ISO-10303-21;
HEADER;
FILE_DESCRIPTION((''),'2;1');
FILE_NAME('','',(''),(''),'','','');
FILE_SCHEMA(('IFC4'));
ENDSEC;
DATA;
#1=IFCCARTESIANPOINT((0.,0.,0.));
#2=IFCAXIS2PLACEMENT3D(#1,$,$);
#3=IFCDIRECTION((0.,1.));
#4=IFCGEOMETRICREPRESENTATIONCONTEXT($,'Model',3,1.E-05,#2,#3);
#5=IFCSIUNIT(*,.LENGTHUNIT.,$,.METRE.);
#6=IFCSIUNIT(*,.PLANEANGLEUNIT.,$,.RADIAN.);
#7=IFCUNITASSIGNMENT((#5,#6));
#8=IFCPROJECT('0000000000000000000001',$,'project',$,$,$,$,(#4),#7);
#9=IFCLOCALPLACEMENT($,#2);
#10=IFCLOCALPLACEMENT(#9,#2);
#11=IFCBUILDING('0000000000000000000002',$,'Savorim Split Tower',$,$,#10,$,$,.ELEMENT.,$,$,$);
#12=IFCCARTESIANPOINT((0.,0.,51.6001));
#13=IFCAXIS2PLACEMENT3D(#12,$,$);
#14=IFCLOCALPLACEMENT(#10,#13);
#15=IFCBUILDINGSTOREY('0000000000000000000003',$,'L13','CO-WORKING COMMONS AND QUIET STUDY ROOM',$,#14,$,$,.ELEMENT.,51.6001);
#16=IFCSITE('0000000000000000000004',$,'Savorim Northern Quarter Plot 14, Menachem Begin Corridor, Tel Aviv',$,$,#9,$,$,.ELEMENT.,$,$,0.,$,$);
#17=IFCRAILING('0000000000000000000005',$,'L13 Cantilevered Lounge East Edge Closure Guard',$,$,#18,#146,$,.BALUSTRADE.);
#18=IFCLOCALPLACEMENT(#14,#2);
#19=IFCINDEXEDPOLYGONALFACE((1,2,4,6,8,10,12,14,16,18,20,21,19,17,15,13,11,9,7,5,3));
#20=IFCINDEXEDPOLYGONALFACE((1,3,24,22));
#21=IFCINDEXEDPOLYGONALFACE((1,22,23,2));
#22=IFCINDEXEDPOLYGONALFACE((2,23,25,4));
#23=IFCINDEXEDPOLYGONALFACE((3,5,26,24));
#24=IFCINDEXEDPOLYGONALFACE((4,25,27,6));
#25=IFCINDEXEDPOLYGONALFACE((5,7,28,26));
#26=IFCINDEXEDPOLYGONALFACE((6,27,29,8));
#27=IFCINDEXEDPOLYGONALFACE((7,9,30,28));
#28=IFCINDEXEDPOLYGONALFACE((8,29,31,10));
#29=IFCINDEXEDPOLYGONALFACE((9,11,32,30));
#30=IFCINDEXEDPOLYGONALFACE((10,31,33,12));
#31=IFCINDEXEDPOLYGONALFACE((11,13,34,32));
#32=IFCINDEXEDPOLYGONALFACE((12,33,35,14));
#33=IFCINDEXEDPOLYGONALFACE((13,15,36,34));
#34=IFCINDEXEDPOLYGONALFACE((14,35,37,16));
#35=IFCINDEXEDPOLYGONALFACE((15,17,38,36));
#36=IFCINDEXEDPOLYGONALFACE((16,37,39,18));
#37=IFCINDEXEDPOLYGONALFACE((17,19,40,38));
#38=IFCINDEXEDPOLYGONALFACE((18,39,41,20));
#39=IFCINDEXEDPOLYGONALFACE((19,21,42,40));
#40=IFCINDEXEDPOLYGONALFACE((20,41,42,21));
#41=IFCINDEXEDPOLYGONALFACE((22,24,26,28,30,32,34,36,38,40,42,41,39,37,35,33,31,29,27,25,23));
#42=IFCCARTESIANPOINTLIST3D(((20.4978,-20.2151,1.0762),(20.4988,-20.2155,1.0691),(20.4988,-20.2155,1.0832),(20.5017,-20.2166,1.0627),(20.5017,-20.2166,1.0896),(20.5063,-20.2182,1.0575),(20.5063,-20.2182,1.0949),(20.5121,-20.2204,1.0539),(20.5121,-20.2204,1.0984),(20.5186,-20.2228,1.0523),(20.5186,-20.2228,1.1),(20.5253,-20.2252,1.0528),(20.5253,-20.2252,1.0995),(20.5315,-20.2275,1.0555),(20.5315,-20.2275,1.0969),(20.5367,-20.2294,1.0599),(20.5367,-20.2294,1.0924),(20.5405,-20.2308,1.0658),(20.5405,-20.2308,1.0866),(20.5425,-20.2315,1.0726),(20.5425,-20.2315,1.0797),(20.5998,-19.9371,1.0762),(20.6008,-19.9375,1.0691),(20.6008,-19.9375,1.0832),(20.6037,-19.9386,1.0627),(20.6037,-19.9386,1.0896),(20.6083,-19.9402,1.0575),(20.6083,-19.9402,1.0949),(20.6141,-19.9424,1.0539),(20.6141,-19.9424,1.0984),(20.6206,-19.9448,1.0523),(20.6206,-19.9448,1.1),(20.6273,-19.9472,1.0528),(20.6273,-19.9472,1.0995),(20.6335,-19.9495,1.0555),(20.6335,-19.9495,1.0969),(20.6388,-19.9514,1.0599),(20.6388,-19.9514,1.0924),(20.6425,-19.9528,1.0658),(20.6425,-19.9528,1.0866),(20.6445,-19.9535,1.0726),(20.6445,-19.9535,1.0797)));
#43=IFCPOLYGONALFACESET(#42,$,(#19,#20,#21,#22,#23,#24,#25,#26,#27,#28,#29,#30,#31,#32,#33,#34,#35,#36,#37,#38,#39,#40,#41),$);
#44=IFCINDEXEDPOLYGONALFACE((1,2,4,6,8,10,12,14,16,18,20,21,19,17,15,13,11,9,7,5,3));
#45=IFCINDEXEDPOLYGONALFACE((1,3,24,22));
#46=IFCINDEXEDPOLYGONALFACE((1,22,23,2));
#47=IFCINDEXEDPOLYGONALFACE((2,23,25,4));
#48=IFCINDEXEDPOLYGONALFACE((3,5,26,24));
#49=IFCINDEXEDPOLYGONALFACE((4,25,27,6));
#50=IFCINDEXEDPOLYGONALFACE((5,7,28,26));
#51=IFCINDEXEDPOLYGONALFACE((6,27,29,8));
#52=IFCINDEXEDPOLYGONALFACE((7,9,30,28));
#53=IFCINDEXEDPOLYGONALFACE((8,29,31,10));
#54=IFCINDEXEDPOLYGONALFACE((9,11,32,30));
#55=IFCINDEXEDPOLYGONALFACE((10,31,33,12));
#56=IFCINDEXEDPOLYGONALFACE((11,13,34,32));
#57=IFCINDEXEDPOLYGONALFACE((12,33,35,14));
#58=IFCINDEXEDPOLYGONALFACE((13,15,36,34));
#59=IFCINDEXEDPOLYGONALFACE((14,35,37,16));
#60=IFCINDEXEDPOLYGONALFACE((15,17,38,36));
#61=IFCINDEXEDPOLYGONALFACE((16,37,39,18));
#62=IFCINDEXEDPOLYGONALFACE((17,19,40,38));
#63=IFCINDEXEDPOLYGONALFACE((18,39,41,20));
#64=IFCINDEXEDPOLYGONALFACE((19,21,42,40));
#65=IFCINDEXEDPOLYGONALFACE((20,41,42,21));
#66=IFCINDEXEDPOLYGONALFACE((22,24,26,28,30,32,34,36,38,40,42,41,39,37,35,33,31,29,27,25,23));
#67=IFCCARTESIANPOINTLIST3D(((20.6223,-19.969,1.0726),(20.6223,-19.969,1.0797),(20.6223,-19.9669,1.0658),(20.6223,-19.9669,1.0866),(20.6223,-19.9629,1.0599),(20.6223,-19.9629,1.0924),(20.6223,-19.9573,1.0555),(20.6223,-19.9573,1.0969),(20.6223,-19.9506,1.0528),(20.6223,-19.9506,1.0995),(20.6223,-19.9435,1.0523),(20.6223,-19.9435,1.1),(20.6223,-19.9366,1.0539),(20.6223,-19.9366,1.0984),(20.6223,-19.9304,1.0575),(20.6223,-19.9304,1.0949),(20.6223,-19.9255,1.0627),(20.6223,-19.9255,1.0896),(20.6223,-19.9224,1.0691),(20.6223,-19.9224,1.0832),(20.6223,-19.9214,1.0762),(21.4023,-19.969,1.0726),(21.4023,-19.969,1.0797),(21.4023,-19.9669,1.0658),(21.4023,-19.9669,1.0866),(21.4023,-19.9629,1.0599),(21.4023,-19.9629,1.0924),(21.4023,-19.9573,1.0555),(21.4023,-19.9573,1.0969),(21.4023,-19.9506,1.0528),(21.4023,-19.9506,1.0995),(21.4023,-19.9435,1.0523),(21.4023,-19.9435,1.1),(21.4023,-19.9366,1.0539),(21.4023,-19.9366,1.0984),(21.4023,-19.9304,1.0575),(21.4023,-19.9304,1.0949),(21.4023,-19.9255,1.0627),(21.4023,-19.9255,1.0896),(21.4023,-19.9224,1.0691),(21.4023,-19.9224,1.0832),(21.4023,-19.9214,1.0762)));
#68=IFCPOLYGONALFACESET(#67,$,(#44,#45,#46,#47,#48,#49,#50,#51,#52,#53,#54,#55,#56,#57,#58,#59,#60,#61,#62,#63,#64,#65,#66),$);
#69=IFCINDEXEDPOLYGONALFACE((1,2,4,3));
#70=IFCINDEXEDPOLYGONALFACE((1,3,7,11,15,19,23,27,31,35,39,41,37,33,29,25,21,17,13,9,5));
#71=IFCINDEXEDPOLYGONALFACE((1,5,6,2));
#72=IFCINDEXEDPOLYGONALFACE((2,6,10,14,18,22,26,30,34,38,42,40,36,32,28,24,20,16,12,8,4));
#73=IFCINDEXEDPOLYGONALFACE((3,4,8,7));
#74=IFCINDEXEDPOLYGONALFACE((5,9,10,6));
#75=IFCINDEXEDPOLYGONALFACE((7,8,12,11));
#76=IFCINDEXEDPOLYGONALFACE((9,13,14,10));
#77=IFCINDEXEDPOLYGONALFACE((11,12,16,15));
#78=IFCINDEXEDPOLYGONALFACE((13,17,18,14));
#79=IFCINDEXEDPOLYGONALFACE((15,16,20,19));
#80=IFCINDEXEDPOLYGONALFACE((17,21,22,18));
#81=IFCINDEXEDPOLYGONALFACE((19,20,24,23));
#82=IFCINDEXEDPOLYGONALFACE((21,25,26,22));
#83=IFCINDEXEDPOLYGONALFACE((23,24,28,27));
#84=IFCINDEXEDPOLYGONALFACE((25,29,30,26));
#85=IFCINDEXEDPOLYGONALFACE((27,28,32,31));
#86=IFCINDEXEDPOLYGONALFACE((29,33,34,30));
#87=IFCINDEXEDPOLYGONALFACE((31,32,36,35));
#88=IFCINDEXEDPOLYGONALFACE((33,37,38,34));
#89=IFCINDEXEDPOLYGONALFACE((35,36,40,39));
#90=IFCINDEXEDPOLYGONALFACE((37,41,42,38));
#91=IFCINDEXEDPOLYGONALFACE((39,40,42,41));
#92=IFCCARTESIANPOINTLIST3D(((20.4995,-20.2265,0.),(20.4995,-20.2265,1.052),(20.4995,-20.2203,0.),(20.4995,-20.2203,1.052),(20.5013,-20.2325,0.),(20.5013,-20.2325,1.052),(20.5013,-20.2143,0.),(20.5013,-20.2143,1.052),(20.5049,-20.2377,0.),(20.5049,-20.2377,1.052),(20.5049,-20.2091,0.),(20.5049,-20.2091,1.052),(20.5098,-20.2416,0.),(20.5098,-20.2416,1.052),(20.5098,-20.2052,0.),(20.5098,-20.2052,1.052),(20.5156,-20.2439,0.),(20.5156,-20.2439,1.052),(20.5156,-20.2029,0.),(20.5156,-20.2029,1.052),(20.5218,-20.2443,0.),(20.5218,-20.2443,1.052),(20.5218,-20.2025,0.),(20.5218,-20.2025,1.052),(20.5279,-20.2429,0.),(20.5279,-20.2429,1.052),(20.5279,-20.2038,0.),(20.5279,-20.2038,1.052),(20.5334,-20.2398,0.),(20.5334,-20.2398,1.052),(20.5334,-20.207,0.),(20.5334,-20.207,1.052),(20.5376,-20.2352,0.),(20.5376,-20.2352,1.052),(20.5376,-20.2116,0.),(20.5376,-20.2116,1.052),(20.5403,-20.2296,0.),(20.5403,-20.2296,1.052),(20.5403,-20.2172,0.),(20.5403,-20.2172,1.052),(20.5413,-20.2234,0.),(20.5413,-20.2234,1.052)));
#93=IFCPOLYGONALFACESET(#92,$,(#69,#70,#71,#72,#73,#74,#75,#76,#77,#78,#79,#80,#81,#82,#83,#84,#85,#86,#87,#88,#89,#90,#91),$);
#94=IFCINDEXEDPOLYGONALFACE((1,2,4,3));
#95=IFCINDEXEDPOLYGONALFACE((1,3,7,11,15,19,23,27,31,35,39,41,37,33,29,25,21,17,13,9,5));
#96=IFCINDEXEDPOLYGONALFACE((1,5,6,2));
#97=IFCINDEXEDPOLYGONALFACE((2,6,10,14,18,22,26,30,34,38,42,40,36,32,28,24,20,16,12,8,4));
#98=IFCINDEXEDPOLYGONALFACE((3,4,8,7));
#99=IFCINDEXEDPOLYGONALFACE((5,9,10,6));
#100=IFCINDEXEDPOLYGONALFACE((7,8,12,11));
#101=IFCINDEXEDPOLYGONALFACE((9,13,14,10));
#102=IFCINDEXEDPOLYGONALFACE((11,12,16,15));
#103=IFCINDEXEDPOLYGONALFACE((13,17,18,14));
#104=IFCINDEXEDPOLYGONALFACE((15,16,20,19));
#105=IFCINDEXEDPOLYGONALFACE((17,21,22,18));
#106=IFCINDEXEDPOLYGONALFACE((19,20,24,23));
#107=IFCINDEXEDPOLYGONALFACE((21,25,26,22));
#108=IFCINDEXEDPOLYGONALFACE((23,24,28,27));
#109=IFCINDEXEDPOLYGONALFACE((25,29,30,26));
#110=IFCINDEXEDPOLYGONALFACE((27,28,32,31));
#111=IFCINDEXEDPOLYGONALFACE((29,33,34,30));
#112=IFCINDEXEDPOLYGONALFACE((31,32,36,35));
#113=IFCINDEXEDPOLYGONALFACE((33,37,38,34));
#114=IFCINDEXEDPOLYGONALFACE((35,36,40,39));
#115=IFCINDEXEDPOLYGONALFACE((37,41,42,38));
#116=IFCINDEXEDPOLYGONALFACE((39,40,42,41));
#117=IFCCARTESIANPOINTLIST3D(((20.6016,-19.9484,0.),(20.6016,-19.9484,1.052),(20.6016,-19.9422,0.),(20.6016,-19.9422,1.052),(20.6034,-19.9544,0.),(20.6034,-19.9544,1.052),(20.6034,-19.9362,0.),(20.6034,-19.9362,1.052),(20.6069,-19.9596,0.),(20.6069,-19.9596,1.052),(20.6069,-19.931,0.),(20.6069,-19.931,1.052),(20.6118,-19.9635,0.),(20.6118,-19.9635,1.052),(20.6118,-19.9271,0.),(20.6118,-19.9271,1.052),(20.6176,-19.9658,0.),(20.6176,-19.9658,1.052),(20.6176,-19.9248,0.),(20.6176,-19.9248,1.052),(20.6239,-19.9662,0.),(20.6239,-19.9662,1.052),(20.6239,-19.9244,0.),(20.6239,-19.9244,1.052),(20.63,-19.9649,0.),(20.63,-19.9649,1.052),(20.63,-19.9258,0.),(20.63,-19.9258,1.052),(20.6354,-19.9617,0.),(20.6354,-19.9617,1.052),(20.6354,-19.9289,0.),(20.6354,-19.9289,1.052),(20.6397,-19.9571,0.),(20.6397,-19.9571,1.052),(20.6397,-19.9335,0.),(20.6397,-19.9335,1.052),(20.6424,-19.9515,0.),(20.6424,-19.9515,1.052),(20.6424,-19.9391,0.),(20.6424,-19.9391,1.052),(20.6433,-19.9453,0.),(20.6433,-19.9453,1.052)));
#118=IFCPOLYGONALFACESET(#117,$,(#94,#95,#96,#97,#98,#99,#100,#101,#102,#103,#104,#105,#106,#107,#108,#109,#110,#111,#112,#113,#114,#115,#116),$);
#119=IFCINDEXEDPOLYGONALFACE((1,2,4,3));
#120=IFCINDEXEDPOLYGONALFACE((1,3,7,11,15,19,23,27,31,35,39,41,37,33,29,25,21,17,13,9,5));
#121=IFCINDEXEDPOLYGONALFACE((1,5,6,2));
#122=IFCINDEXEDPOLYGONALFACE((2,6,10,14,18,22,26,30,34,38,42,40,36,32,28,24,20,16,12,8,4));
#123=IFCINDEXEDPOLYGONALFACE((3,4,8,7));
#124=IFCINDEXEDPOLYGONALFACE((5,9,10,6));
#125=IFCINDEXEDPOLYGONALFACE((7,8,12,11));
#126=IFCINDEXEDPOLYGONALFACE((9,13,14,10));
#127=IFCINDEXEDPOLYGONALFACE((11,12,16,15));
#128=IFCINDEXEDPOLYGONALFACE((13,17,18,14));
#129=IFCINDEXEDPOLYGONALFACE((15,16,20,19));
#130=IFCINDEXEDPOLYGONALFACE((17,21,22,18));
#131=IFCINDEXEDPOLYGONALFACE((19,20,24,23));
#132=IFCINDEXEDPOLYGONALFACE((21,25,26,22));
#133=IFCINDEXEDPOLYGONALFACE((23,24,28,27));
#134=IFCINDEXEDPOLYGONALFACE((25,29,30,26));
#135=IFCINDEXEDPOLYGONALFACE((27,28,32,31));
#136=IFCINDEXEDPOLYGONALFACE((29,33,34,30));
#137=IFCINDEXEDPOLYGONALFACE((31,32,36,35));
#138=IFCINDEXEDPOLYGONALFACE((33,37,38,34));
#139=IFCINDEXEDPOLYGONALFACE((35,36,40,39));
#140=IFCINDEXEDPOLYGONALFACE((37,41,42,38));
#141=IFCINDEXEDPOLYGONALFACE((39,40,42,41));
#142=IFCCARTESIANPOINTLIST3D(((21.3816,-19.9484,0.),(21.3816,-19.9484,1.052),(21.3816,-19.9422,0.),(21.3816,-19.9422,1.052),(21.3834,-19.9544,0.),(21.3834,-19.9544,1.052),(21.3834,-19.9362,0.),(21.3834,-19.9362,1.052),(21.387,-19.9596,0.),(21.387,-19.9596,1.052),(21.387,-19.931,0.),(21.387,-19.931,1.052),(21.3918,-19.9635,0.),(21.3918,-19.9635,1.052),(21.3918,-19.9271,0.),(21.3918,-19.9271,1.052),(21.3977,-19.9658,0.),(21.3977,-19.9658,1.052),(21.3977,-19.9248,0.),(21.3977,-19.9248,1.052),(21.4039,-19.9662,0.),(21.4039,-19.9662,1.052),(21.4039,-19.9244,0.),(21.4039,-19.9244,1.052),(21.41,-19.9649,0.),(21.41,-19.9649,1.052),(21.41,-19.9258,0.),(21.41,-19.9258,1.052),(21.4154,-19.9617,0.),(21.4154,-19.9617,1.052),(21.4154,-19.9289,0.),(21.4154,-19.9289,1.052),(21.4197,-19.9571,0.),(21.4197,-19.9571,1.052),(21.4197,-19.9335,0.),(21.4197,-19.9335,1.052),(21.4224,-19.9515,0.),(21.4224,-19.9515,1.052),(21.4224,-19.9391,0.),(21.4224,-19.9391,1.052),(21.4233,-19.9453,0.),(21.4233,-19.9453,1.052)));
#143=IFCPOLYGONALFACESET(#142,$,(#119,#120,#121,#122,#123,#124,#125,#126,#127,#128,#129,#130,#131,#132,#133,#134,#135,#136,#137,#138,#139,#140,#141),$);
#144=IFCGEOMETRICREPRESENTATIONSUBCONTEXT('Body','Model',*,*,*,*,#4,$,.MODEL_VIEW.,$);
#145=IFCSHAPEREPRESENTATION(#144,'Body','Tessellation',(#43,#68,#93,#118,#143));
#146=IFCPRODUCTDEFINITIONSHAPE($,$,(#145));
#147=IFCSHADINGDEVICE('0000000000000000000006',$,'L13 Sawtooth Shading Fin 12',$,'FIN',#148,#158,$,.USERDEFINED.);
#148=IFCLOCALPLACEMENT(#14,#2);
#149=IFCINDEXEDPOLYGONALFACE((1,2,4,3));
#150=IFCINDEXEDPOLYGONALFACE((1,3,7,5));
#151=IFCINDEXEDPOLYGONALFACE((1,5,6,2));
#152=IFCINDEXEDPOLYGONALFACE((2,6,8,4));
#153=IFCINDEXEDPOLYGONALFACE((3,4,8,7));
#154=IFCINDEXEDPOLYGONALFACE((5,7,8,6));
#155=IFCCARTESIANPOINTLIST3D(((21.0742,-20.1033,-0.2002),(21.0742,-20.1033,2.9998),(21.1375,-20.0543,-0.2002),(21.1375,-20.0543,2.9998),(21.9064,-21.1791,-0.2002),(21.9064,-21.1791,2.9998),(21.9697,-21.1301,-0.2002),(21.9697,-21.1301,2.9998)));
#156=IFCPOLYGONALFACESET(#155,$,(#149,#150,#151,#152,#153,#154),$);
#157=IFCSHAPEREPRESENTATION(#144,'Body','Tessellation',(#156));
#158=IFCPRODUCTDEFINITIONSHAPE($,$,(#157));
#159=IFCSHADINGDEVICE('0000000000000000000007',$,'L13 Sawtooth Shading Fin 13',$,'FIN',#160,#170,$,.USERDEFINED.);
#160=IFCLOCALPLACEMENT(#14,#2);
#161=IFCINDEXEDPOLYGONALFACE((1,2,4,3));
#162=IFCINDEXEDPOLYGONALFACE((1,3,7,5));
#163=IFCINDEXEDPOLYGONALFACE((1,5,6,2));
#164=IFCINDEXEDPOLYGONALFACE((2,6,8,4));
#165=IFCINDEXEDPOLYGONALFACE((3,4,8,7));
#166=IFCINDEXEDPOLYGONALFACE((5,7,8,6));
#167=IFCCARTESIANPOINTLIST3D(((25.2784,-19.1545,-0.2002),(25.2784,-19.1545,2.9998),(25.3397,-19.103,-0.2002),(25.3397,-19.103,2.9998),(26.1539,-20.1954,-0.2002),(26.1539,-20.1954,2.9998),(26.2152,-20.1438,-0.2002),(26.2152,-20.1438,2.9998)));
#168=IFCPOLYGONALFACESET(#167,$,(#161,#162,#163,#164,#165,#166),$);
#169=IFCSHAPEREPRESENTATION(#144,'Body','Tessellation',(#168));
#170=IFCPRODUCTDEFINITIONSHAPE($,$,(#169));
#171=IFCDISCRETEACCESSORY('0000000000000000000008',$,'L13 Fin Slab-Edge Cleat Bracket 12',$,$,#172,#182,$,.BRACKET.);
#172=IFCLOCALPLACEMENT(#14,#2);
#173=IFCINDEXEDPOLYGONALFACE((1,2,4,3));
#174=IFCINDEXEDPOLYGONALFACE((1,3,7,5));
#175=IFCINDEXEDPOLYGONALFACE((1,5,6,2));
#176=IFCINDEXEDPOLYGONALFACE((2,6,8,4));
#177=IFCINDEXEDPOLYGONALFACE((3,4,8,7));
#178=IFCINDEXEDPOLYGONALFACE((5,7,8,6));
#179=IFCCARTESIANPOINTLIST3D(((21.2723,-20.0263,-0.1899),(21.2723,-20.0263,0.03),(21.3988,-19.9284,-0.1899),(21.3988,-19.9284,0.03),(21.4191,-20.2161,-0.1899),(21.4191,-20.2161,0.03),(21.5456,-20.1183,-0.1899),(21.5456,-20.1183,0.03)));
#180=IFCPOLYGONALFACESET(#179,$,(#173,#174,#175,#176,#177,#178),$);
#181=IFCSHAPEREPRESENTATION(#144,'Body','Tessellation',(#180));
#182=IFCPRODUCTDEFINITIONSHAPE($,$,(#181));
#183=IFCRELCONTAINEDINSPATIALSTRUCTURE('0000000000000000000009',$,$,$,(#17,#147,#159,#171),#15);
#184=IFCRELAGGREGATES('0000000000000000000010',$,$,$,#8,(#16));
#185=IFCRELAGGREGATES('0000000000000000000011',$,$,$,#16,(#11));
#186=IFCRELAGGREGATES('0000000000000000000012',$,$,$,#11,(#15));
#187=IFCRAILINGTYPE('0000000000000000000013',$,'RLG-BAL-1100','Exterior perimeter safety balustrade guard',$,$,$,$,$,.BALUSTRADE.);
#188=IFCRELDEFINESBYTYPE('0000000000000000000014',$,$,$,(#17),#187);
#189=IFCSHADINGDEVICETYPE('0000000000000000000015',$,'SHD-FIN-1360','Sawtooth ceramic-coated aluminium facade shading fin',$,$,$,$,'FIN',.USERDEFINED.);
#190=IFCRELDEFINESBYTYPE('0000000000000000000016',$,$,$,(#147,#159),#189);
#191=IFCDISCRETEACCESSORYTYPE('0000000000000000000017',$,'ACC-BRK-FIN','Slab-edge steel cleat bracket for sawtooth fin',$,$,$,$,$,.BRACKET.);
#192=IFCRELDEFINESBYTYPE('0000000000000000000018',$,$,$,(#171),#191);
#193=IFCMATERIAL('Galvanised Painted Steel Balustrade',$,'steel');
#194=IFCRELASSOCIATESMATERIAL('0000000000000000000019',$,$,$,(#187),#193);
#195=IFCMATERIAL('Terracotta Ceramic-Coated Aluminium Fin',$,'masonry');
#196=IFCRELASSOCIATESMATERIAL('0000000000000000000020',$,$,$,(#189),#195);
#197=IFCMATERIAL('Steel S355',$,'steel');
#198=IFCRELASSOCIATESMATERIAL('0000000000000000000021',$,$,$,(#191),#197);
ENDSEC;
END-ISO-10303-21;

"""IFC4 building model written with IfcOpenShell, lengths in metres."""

from ifc_helpers import new_model, si_unit, direction, frame, origin, origin_2d, place, context, subcontext, project, spatial, rectangle, circle, extrude, material, type_object, element, save


model = new_model("IFC4")

# Units and contexts
model_context = context("Model", 3, precision=1e-05, world=origin(), true_north=direction((0.0, 1.0)))
body_context = subcontext(model_context, "Body", "Model", "MODEL_VIEW")
ifc_project = project(units=[si_unit("LENGTHUNIT", "METRE"), si_unit("PLANEANGLEUNIT", "RADIAN")], contexts=[model_context])

# Site, building, storey
site_placement = place(None, origin())
site = spatial("IfcSite", under=ifc_project, at=site_placement, Name="Savorim Northern Quarter Plot 14, Menachem Begin Corridor, Tel Aviv", CompositionType="ELEMENT", RefElevation=0.0)
building_placement = place(site_placement, origin())
building = spatial("IfcBuilding", under=site, at=building_placement, Name="Savorim Split Tower", CompositionType="ELEMENT")
storey_placement = place(building_placement, frame((0.0, 0.0, 51.6001)))
storey = spatial("IfcBuildingStorey", under=building, at=storey_placement, Name="L13", Description="CO-WORKING COMMONS AND QUIET STUDY ROOM", CompositionType="ELEMENT", Elevation=51.6001)

# Shared definitions
ifc_material_1 = material(Name="Steel S355", Category="steel")

# Railing
ifc_material_2 = material(Name="Galvanised Painted Steel Balustrade", Category="steel")
railing_type = type_object("IfcRailingType", Name="RLG-BAL-1100", Description="Exterior perimeter safety balustrade guard", PredefinedType="BALUSTRADE", material=ifc_material_2)
railing_placement = place(storey_placement, frame((20.5203, -20.2234, 0.0)))
element("IfcRailing", 1, at=railing_placement, inside=storey, type_object=railing_type, Name="L13 Cantilevered Lounge East Edge Closure Guard", PredefinedType="BALUSTRADE", context=body_context, shape_type="SweptSolid", body=[
    extrude(circle(Radius=0.0239, at=origin_2d()), frame((0.0, 0.0, 1.0762), z_axis=(0.344521, 0.938779, 0.0), x_axis=(-0.938779, 0.344521, 0.0)), (0.0, 0.0, 1.0), 0.2961),
    extrude(circle(Radius=0.0239, at=origin_2d()), frame((0.1021, 0.2781, 1.0762), z_axis=(1.0, 0.0, 0.0), x_axis=(0.0, 1.0, 0.0)), (0.0, 0.0, 1.0), 0.78),
    extrude(circle(Radius=0.021, at=origin_2d()), origin(), (0.0, 0.0, 1.0), 1.052),
    extrude(circle(Radius=0.021, at=origin_2d()), frame((0.1021, 0.2781, 0.0)), (0.0, 0.0, 1.0), 1.052),
    extrude(circle(Radius=0.021, at=origin_2d()), frame((0.8821, 0.2781, 0.0)), (0.0, 0.0, 1.0), 1.052),
])

# Shading devices
ifc_material_3 = material(Name="Terracotta Ceramic-Coated Aluminium Fin", Category="masonry")
shading_device_type = type_object("IfcShadingDeviceType", Name="SHD-FIN-1360", Description="Sawtooth ceramic-coated aluminium facade shading fin", ElementType="FIN", PredefinedType="USERDEFINED", material=ifc_material_3)
for number, where, z_axis, x_axis, name in (
    (2, (21.522, -20.6167, -0.2002), (0.0, 0.0, 1.0), (0.611868, -0.79096, 0.0), "L13 Sawtooth Shading Fin 12"),
    (3, (25.7468, -19.6492, -0.2002), (0.0, 0.0, 1.0), (0.643719, -0.765262, 0.0), "L13 Sawtooth Shading Fin 13"),
):
    element("IfcShadingDevice", number, at=place(storey_placement, frame(where, z_axis=z_axis, x_axis=x_axis)), inside=storey, type_object=shading_device_type, Name=name, ObjectType="FIN", PredefinedType="USERDEFINED", context=body_context, shape_type="SweptSolid", body=[
        extrude(rectangle(XDim=1.3601, YDim=0.0801, at=origin_2d()), origin(), (0.0, 0.0, 1.0), 3.2),
    ])

# Discrete accessory
discrete_accessory_type = type_object("IfcDiscreteAccessoryType", Name="ACC-BRK-FIN", Description="Slab-edge steel cleat bracket for sawtooth fin", PredefinedType="BRACKET", material=ifc_material_1)
discrete_accessory_placement = place(storey_placement, frame((21.4089, -20.0723, -0.1899), z_axis=(0.0, 0.0, 1.0), x_axis=(0.611868, -0.79096, 0.0)))
element("IfcDiscreteAccessory", 4, at=discrete_accessory_placement, inside=storey, type_object=discrete_accessory_type, Name="L13 Fin Slab-Edge Cleat Bracket 12", PredefinedType="BRACKET", context=body_context, shape_type="SweptSolid", body=[
    extrude(rectangle(XDim=0.24, YDim=0.1599, at=origin_2d()), origin(), (0.0, 0.0, 1.0), 0.22),
])

save(model, "model.ifc")
